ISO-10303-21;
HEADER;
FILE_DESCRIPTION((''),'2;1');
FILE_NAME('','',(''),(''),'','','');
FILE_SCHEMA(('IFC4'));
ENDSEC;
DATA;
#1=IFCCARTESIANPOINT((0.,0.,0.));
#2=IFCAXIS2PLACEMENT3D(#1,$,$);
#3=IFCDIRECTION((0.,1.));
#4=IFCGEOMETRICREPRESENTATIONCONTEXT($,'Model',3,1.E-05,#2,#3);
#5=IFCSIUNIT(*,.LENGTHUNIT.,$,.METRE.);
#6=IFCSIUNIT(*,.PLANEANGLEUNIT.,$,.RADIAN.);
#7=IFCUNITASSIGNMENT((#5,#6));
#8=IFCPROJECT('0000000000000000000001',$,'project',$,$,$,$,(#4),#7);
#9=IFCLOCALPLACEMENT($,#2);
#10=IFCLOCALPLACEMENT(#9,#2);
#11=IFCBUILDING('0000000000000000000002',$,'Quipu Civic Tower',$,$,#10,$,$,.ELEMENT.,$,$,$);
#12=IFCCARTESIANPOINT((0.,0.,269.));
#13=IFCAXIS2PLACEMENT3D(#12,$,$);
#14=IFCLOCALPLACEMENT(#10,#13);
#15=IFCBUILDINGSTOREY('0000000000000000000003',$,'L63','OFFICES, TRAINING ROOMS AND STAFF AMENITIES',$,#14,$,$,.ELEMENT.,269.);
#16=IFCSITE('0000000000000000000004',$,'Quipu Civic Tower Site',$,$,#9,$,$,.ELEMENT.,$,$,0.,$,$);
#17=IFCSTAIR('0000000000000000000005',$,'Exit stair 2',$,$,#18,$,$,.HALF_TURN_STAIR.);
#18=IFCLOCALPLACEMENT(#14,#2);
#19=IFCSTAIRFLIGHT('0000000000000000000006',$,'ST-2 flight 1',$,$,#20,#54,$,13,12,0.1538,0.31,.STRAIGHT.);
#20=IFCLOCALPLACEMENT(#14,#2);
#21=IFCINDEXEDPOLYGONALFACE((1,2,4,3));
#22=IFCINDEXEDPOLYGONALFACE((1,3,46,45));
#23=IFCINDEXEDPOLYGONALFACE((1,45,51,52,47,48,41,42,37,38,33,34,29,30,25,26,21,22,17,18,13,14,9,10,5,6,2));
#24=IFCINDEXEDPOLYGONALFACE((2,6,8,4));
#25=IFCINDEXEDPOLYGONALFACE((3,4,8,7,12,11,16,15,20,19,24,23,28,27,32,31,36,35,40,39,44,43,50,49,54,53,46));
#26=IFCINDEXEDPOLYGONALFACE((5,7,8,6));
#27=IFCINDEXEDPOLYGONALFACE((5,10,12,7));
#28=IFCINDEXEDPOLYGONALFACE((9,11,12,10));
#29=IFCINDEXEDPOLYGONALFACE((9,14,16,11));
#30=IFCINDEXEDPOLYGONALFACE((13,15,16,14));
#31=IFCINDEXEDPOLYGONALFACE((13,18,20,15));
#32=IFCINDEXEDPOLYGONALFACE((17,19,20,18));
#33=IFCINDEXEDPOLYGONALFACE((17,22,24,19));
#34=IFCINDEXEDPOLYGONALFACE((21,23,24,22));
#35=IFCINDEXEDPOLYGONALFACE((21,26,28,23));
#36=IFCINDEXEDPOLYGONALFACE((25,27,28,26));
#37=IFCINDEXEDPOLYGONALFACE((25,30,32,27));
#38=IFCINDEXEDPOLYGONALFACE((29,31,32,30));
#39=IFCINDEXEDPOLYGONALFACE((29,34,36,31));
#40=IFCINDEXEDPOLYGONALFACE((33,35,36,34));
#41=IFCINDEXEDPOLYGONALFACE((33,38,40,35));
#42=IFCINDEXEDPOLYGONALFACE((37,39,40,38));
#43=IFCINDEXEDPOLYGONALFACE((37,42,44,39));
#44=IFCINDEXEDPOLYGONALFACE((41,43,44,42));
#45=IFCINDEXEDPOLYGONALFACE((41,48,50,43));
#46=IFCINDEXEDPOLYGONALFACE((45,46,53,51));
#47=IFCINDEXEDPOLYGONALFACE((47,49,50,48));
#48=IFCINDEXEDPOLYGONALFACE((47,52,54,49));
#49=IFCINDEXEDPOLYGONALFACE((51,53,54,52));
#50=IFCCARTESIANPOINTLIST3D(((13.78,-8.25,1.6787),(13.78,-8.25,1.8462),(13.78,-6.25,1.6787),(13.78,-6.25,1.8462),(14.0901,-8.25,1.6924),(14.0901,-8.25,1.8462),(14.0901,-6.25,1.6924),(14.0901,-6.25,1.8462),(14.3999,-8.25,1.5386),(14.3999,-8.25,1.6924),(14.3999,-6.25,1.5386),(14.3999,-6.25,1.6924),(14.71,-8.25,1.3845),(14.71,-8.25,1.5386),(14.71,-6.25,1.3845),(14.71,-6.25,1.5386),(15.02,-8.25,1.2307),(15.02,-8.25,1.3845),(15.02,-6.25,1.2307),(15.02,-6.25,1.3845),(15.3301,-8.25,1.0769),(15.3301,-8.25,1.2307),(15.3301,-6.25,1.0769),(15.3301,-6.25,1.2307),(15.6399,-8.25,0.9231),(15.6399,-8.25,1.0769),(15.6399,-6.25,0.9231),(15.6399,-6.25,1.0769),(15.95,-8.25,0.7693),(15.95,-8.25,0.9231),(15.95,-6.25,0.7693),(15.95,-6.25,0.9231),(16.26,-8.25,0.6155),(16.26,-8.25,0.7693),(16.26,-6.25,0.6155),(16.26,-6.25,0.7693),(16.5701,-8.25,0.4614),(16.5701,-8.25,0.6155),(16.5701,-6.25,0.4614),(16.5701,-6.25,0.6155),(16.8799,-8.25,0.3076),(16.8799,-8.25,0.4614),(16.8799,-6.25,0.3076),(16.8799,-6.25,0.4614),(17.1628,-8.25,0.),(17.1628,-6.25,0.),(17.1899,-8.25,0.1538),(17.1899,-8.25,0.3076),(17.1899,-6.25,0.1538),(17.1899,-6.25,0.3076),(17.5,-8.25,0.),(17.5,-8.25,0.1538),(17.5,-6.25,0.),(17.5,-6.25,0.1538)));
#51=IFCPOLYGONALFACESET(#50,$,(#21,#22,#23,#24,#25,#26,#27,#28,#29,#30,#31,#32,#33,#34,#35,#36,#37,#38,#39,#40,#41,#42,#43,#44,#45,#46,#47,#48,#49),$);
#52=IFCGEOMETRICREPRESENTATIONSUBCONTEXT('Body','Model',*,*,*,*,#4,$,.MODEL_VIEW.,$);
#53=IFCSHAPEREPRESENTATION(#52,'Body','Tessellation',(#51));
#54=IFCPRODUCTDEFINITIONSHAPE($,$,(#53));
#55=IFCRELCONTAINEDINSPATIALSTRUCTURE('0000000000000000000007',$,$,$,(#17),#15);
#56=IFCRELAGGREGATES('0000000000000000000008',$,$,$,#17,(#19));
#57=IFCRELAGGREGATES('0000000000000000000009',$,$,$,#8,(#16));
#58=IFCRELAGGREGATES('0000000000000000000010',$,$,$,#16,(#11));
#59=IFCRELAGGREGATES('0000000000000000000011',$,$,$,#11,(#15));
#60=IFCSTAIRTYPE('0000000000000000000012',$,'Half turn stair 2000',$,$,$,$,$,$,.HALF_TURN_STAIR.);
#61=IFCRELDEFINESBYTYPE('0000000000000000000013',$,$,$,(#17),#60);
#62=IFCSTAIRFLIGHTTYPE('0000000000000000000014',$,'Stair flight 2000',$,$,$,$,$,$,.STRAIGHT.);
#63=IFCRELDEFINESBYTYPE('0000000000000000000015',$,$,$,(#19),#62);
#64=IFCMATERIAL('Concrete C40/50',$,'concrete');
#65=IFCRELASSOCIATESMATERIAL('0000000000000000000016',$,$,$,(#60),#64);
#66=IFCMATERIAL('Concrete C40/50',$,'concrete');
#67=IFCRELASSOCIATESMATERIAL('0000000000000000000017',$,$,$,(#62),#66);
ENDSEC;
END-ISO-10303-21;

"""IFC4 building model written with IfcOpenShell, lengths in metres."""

from ifc_helpers import new_model, si_unit, direction, frame, origin, place, context, subcontext, project, spatial, polyline, outline, extrude, material, type_object, element, aggregate, save


model = new_model("IFC4")

# Units and contexts
model_context = context("Model", 3, precision=1e-05, world=origin(), true_north=direction((0.0, 1.0)))
body_context = subcontext(model_context, "Body", "Model", "MODEL_VIEW")
ifc_project = project(units=[si_unit("LENGTHUNIT", "METRE"), si_unit("PLANEANGLEUNIT", "RADIAN")], contexts=[model_context])

# Site, building, storey
site_placement = place(None, origin())
site = spatial("IfcSite", under=ifc_project, at=site_placement, Name="Quipu Civic Tower Site", CompositionType="ELEMENT", RefElevation=0.0)
building_placement = place(site_placement, origin())
building = spatial("IfcBuilding", under=site, at=building_placement, Name="Quipu Civic Tower", CompositionType="ELEMENT")
storey_placement = place(building_placement, frame((0.0, 0.0, 269.0)))
storey = spatial("IfcBuildingStorey", under=building, at=storey_placement, Name="L63", Description="OFFICES, TRAINING ROOMS AND STAFF AMENITIES", CompositionType="ELEMENT", Elevation=269.0)

# Stair, stair flight
ifc_material_1 = material(Name="Concrete C40/50", Category="concrete")
stair_type = type_object("IfcStairType", Name="Half turn stair 2000", PredefinedType="HALF_TURN_STAIR", material=ifc_material_1)
stair_placement = place(storey_placement, origin())
stair = element("IfcStair", 1, at=stair_placement, inside=storey, type_object=stair_type, Name="Exit stair 2", PredefinedType="HALF_TURN_STAIR")
ifc_material_2 = material(Name="Concrete C40/50", Category="concrete")
stair_flight_type = type_object("IfcStairFlightType", Name="Stair flight 2000", PredefinedType="STRAIGHT", material=ifc_material_2)
stair_flight_placement = place(storey_placement, frame((17.5, -7.25, 0.0), z_axis=(0.0, 0.0, 1.0), x_axis=(-1.0, 0.0, 0.0)))
stair_flight = element("IfcStairFlight", 2, at=stair_flight_placement, type_object=stair_flight_type, Name="ST-2 flight 1", NumberOfRisers=13, NumberOfTreads=12, PredefinedType="STRAIGHT", RiserHeight=0.1538, TreadLength=0.31, context=body_context, shape_type="SweptSolid", body=[
    extrude(outline(polyline([(0.0, 0.0), (0.0, 0.1538), (0.3101, 0.1538), (0.3101, 0.3076), (0.6201, 0.3076), (0.6201, 0.4614), (0.9299, 0.4614), (0.9299, 0.6155), (1.24, 0.6155), (1.24, 0.7693), (1.55, 0.7693), (1.55, 0.9231), (1.8601, 0.9231), (1.8601, 1.0769), (2.1699, 1.0769), (2.1699, 1.2307), (2.48, 1.2307), (2.48, 1.3845), (2.79, 1.3845), (2.79, 1.5386), (3.1001, 1.5386), (3.1001, 1.6924), (3.4099, 1.6924), (3.4099, 1.8462), (3.72, 1.8462), (3.72, 2.0), (3.72, 1.6787), (0.3372, 0.0), (0.0, 0.0)])), frame((0.0, 1.0, 0.0), z_axis=(0.0, -1.0, 0.0), x_axis=(1.0, 0.0, 0.0)), (0.0, 0.0, 1.0), 2.0),
])
aggregate(stair, [stair_flight])

save(model, "model.ifc")
